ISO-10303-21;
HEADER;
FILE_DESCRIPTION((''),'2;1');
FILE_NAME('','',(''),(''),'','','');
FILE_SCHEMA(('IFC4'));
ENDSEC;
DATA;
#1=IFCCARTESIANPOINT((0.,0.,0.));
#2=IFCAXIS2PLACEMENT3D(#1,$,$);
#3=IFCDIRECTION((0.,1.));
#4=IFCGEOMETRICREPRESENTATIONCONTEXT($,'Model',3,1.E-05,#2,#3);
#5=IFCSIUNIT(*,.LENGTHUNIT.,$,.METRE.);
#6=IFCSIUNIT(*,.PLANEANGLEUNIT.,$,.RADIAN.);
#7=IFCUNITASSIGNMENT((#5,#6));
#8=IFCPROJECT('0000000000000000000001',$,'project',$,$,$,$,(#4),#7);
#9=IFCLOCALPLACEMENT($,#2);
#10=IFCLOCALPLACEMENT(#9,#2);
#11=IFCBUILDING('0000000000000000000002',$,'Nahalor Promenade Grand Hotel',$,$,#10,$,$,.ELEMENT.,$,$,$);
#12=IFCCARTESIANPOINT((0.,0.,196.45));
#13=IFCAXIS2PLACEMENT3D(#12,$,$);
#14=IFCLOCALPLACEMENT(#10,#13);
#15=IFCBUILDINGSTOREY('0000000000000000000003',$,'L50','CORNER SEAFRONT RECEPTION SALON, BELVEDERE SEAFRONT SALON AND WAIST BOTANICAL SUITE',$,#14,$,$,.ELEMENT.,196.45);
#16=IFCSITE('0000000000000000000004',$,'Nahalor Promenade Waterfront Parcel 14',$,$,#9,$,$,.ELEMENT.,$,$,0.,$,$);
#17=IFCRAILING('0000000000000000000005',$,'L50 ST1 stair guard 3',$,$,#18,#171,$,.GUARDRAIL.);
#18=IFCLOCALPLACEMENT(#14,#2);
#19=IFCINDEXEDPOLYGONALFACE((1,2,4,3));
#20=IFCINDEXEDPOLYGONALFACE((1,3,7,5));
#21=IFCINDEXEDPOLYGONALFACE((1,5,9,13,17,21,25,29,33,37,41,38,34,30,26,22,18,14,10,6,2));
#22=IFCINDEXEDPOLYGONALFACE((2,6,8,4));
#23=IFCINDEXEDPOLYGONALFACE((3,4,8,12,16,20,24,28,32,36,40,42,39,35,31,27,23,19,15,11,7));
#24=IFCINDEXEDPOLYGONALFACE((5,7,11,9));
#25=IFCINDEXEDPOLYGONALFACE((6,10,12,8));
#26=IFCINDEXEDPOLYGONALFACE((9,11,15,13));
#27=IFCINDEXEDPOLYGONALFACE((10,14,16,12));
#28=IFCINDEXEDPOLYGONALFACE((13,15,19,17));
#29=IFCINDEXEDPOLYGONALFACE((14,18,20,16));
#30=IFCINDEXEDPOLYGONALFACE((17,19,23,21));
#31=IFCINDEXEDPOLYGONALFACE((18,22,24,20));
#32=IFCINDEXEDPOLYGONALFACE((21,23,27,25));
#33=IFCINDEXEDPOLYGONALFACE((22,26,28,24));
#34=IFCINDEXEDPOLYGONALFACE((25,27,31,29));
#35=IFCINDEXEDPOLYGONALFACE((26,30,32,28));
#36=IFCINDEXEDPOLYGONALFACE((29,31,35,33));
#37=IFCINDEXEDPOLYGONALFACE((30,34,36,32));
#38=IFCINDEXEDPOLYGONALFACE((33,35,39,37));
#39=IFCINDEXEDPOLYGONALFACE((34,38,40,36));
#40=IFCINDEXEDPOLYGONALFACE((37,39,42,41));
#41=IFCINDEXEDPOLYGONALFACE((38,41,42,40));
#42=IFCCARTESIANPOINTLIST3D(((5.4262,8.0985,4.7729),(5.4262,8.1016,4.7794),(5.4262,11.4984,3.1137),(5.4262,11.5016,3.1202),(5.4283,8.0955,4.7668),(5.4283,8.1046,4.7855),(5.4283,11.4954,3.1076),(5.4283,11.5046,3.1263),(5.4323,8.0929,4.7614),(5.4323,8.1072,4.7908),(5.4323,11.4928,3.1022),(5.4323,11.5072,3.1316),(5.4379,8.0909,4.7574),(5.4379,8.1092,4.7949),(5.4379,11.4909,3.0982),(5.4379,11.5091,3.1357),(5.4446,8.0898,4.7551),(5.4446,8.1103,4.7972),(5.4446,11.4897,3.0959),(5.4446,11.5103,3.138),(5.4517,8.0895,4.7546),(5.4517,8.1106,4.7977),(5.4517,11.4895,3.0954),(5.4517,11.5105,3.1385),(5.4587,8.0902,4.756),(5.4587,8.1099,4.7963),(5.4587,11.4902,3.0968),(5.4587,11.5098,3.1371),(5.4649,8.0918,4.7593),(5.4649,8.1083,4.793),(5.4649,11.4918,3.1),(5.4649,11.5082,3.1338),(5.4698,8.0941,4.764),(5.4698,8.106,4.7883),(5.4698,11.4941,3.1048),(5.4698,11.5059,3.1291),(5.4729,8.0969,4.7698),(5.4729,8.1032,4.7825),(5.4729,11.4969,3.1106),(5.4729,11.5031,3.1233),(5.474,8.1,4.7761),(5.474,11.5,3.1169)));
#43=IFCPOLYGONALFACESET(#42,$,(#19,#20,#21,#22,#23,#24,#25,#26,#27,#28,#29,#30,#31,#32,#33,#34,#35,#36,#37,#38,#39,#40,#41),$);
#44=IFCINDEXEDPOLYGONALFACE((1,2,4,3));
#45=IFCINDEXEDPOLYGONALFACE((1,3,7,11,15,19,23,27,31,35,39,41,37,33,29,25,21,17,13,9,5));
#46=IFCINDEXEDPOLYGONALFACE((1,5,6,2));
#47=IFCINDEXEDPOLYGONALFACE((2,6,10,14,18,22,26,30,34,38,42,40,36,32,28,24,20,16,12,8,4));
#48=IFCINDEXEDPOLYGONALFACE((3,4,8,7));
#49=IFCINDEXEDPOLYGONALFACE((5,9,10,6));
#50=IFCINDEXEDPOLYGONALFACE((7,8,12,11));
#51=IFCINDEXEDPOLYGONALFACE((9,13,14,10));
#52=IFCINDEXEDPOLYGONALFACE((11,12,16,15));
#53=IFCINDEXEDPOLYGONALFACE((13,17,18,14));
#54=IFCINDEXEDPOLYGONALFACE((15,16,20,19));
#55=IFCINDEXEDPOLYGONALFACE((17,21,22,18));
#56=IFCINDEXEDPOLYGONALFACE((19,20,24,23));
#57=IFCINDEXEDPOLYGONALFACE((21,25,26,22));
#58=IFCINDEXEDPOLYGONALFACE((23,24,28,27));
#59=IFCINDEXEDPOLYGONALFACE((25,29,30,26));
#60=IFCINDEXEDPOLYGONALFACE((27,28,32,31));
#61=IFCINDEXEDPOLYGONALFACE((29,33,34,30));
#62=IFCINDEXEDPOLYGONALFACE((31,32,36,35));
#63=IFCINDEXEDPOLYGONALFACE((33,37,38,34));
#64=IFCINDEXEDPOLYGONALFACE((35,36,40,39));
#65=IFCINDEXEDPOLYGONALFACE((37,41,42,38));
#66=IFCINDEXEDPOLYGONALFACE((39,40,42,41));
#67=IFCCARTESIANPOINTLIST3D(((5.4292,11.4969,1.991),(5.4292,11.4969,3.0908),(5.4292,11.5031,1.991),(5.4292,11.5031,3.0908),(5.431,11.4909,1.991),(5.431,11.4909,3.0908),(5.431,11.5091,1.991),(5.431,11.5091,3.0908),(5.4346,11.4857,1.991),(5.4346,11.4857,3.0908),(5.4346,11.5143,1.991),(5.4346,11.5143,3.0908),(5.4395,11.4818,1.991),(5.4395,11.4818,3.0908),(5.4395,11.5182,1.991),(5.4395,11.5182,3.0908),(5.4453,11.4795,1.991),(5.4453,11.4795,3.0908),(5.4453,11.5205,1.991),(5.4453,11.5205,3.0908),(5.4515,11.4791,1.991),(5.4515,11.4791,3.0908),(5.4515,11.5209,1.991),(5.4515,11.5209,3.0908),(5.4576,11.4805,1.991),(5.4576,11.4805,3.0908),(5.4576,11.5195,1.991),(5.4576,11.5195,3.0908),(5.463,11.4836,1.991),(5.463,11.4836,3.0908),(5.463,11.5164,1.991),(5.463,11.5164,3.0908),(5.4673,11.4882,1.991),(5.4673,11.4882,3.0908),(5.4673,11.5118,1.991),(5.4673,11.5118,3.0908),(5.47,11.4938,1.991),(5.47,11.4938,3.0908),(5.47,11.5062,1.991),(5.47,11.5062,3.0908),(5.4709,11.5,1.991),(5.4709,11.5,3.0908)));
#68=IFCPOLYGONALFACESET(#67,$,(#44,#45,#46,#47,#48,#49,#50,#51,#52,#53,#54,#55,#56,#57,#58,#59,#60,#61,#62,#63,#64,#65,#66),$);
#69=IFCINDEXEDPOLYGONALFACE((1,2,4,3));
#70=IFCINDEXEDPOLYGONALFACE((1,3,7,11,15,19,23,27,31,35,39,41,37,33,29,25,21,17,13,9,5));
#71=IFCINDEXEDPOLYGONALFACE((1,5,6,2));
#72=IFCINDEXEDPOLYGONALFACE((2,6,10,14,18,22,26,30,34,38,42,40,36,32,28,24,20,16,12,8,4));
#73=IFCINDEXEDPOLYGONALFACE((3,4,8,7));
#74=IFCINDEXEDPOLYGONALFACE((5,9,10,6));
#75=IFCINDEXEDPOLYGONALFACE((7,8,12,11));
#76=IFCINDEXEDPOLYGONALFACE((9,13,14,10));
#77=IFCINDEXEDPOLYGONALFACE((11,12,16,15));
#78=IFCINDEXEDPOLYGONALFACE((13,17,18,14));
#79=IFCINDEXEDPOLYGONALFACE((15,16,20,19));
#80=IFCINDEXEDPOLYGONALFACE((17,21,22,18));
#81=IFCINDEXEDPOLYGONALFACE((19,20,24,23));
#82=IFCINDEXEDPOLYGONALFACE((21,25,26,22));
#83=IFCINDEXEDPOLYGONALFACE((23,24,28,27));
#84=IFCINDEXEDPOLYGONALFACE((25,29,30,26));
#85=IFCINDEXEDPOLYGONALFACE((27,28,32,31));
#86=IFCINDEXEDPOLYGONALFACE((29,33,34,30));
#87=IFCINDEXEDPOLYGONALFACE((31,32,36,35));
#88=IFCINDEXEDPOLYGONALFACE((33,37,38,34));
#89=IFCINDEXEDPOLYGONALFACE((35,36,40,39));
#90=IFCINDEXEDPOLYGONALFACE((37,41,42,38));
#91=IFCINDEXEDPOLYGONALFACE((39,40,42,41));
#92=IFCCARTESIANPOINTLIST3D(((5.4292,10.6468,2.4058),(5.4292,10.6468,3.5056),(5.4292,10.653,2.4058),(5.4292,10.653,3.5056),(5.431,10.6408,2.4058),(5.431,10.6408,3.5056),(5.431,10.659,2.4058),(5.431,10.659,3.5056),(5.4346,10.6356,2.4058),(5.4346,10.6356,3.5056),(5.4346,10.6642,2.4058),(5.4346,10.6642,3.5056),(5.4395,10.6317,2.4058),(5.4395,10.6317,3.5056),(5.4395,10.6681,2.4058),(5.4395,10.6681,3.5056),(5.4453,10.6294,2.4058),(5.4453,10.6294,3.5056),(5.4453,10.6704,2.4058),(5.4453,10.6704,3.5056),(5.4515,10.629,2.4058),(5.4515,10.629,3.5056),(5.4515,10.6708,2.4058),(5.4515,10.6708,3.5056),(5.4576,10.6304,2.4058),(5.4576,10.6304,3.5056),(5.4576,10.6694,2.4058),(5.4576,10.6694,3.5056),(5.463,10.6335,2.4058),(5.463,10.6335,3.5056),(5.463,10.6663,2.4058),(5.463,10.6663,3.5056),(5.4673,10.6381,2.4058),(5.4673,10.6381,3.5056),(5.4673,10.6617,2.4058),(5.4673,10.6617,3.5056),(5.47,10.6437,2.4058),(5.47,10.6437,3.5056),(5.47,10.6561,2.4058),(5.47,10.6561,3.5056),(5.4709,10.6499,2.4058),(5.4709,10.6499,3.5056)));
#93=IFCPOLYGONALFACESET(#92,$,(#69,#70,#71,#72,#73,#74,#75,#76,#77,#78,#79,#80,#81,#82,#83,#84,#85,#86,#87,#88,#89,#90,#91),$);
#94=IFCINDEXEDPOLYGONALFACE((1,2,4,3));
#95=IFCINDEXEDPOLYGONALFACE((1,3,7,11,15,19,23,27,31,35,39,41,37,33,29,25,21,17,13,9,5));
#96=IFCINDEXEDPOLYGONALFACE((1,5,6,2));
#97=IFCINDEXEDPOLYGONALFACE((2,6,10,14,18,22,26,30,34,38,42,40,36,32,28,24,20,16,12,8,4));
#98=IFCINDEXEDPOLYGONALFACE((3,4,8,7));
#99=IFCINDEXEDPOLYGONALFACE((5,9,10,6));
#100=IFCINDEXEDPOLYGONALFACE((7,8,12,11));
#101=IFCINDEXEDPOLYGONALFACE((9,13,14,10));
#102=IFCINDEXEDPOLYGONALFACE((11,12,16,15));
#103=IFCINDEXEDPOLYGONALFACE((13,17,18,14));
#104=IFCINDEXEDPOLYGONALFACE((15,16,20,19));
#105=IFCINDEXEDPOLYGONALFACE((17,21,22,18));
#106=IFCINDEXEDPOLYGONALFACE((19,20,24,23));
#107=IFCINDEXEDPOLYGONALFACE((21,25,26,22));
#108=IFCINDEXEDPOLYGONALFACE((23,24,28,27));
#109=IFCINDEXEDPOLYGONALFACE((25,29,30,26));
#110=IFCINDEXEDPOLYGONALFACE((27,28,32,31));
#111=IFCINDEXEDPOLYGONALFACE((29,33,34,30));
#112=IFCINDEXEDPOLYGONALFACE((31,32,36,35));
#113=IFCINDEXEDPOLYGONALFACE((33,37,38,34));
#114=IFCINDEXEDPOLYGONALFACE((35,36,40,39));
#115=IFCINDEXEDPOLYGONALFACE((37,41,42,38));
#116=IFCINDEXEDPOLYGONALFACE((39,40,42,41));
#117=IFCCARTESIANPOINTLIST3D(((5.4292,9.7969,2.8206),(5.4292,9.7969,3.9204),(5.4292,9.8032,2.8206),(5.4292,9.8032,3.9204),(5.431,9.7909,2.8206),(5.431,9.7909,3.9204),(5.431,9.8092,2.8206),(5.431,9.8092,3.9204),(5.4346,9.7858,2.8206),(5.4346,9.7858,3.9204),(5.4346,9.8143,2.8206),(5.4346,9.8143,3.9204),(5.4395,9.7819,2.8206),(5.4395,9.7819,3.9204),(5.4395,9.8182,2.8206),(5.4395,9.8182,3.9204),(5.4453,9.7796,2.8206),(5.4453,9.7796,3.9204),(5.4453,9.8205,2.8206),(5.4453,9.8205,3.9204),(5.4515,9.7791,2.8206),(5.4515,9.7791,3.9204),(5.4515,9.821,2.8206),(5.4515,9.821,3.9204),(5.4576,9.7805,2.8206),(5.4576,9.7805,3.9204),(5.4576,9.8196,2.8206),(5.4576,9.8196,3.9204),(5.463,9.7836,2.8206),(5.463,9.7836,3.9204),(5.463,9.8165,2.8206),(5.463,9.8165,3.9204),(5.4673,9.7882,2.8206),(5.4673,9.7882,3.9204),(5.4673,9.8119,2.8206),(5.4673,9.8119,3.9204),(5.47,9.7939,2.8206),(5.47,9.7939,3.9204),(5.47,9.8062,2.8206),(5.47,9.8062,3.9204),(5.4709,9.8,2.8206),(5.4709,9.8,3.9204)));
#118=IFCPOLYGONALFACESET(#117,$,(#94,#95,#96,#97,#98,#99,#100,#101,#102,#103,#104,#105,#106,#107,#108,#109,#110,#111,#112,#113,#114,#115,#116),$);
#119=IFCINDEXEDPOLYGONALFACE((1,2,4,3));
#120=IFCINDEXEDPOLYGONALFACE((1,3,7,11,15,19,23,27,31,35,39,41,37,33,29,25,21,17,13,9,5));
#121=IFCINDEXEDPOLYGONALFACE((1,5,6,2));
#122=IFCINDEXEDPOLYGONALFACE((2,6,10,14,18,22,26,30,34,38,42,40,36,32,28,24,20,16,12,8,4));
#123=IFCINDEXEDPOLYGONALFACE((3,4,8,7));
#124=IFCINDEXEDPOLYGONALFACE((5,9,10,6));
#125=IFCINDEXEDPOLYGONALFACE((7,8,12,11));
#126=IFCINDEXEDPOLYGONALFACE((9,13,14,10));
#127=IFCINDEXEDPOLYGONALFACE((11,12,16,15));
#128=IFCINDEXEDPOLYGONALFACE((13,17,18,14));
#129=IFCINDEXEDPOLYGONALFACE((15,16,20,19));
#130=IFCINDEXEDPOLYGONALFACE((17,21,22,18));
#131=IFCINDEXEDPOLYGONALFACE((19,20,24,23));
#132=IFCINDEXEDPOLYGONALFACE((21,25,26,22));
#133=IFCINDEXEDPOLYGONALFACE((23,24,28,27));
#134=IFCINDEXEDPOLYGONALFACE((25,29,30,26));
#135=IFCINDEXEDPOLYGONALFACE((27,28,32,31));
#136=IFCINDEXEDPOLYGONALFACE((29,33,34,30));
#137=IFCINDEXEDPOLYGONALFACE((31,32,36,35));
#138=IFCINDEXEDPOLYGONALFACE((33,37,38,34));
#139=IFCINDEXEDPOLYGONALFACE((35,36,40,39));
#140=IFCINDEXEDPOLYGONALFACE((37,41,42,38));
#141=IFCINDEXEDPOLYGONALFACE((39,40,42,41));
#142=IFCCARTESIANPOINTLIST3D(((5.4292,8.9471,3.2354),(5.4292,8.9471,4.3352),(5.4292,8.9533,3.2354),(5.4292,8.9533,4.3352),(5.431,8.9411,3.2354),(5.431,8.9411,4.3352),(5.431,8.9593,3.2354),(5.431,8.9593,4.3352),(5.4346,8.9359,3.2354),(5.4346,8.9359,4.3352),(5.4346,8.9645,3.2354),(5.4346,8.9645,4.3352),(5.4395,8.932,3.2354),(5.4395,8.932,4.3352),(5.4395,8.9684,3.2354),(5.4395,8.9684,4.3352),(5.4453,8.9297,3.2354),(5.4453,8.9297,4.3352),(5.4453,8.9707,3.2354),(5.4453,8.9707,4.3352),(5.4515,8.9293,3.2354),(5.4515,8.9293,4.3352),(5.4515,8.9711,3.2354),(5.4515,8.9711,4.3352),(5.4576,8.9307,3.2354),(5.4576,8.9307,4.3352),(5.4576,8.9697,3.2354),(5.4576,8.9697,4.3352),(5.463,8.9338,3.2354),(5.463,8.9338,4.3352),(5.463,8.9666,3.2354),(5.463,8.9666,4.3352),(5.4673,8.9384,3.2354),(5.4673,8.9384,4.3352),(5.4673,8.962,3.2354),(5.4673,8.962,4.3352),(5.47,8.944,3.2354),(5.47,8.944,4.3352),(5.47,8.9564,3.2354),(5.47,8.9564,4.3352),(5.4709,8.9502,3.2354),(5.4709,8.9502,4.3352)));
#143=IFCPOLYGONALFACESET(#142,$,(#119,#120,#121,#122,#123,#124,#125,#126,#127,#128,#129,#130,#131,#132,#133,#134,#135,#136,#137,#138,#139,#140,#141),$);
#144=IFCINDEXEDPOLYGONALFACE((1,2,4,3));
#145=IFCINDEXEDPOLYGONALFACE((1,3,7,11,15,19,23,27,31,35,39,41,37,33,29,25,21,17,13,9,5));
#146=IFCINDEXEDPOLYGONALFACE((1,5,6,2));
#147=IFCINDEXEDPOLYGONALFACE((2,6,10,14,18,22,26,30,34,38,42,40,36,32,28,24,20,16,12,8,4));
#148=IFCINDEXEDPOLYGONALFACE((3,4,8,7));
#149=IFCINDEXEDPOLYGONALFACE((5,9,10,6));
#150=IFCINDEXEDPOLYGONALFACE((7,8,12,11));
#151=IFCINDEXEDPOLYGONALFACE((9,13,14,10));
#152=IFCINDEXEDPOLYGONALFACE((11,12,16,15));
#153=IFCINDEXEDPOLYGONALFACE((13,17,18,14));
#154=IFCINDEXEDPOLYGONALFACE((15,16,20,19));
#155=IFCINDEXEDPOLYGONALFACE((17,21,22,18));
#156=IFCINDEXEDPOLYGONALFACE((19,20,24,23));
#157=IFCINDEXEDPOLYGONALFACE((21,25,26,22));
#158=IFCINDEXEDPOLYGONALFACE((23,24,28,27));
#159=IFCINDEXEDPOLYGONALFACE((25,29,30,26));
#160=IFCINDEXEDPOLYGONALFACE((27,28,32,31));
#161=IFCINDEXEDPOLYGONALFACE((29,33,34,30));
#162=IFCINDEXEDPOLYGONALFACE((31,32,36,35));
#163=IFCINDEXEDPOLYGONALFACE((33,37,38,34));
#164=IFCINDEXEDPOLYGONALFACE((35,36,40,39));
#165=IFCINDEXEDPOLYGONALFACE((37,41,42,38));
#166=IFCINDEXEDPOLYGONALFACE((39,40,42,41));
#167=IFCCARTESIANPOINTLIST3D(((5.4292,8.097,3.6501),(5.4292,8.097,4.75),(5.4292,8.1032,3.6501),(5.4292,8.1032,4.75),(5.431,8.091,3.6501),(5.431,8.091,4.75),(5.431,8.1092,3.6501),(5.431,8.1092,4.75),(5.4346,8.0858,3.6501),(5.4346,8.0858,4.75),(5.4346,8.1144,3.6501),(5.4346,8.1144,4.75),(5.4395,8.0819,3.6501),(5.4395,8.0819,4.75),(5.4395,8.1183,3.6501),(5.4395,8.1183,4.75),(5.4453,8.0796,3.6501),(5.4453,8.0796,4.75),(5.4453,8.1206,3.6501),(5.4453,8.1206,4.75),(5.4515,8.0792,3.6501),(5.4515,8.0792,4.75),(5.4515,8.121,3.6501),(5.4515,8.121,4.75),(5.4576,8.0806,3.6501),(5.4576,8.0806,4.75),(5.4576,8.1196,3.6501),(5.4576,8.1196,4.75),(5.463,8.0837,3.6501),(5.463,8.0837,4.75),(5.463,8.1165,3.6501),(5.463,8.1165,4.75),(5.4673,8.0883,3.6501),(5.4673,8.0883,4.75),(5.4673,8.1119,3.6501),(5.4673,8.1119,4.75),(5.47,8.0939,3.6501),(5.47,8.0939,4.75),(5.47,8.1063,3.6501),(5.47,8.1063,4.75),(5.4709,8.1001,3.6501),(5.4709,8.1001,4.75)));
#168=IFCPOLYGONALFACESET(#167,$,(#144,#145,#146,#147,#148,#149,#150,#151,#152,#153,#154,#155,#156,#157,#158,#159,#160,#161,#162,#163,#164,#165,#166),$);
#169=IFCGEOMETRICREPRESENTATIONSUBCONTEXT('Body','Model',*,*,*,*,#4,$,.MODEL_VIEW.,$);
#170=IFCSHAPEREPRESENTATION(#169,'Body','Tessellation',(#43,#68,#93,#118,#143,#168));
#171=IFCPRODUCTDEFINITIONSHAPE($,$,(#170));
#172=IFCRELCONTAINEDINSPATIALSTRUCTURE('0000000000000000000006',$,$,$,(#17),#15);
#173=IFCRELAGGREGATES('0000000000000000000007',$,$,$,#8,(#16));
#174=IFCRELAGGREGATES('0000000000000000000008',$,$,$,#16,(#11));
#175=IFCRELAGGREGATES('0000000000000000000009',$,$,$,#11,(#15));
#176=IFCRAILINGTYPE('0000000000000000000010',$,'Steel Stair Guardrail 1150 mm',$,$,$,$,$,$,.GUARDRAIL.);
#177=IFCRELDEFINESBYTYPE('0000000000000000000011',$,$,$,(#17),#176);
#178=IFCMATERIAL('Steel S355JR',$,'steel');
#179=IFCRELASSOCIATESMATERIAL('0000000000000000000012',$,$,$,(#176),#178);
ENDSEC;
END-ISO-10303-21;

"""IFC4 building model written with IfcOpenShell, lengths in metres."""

from ifc_helpers import new_model, si_unit, direction, frame, origin, origin_2d, place, context, subcontext, project, spatial, circle, extrude, material, type_object, element, save


model = new_model("IFC4")

# Units and contexts
model_context = context("Model", 3, precision=1e-05, world=origin(), true_north=direction((0.0, 1.0)))
body_context = subcontext(model_context, "Body", "Model", "MODEL_VIEW")
ifc_project = project(units=[si_unit("LENGTHUNIT", "METRE"), si_unit("PLANEANGLEUNIT", "RADIAN")], contexts=[model_context])

# Site, building, storey
site_placement = place(None, origin())
site = spatial("IfcSite", under=ifc_project, at=site_placement, Name="Nahalor Promenade Waterfront Parcel 14", CompositionType="ELEMENT", RefElevation=0.0)
building_placement = place(site_placement, origin())
building = spatial("IfcBuilding", under=site, at=building_placement, Name="Nahalor Promenade Grand Hotel", CompositionType="ELEMENT")
storey_placement = place(building_placement, frame((0.0, 0.0, 196.45)))
storey = spatial("IfcBuildingStorey", under=building, at=storey_placement, Name="L50", Description="CORNER SEAFRONT RECEPTION SALON, BELVEDERE SEAFRONT SALON AND WAIST BOTANICAL SUITE", CompositionType="ELEMENT", Elevation=196.45)

# Shared definitions
ifc_material_1 = material(Name="Steel S355JR", Category="steel")

# Railing
railing_type = type_object("IfcRailingType", Name="Steel Stair Guardrail 1150 mm", PredefinedType="GUARDRAIL", material=ifc_material_1)
railing_1_placement = place(storey_placement, frame((5.45, 11.5, 1.991)))
element("IfcRailing", 1, at=railing_1_placement, inside=storey, type_object=railing_type, Name="L50 ST1 stair guard 3", PredefinedType="GUARDRAIL", context=body_context, shape_type="SweptSolid", body=[
    extrude(circle(Radius=0.024, at=origin_2d()), frame((0.0, 0.0, 1.126), z_axis=(0.0, -0.898696, 0.438571), x_axis=(1.0, 0.0, 0.0)), (0.0, 0.0, 1.0), 3.7832),
    extrude(circle(Radius=0.021, at=origin_2d()), origin(), (0.0, 0.0, 1.0), 1.0999),
    extrude(circle(Radius=0.021, at=origin_2d()), frame((0.0, -0.8501, 0.4148)), (0.0, 0.0, 1.0), 1.0999),
    extrude(circle(Radius=0.021, at=origin_2d()), frame((0.0, -1.7, 0.8296)), (0.0, 0.0, 1.0), 1.0999),
    extrude(circle(Radius=0.021, at=origin_2d()), frame((0.0, -2.5498, 1.2444)), (0.0, 0.0, 1.0), 1.0999),
    extrude(circle(Radius=0.021, at=origin_2d()), frame((0.0, -3.3999, 1.6592)), (0.0, 0.0, 1.0), 1.0999),
])

save(model, "model.ifc")
